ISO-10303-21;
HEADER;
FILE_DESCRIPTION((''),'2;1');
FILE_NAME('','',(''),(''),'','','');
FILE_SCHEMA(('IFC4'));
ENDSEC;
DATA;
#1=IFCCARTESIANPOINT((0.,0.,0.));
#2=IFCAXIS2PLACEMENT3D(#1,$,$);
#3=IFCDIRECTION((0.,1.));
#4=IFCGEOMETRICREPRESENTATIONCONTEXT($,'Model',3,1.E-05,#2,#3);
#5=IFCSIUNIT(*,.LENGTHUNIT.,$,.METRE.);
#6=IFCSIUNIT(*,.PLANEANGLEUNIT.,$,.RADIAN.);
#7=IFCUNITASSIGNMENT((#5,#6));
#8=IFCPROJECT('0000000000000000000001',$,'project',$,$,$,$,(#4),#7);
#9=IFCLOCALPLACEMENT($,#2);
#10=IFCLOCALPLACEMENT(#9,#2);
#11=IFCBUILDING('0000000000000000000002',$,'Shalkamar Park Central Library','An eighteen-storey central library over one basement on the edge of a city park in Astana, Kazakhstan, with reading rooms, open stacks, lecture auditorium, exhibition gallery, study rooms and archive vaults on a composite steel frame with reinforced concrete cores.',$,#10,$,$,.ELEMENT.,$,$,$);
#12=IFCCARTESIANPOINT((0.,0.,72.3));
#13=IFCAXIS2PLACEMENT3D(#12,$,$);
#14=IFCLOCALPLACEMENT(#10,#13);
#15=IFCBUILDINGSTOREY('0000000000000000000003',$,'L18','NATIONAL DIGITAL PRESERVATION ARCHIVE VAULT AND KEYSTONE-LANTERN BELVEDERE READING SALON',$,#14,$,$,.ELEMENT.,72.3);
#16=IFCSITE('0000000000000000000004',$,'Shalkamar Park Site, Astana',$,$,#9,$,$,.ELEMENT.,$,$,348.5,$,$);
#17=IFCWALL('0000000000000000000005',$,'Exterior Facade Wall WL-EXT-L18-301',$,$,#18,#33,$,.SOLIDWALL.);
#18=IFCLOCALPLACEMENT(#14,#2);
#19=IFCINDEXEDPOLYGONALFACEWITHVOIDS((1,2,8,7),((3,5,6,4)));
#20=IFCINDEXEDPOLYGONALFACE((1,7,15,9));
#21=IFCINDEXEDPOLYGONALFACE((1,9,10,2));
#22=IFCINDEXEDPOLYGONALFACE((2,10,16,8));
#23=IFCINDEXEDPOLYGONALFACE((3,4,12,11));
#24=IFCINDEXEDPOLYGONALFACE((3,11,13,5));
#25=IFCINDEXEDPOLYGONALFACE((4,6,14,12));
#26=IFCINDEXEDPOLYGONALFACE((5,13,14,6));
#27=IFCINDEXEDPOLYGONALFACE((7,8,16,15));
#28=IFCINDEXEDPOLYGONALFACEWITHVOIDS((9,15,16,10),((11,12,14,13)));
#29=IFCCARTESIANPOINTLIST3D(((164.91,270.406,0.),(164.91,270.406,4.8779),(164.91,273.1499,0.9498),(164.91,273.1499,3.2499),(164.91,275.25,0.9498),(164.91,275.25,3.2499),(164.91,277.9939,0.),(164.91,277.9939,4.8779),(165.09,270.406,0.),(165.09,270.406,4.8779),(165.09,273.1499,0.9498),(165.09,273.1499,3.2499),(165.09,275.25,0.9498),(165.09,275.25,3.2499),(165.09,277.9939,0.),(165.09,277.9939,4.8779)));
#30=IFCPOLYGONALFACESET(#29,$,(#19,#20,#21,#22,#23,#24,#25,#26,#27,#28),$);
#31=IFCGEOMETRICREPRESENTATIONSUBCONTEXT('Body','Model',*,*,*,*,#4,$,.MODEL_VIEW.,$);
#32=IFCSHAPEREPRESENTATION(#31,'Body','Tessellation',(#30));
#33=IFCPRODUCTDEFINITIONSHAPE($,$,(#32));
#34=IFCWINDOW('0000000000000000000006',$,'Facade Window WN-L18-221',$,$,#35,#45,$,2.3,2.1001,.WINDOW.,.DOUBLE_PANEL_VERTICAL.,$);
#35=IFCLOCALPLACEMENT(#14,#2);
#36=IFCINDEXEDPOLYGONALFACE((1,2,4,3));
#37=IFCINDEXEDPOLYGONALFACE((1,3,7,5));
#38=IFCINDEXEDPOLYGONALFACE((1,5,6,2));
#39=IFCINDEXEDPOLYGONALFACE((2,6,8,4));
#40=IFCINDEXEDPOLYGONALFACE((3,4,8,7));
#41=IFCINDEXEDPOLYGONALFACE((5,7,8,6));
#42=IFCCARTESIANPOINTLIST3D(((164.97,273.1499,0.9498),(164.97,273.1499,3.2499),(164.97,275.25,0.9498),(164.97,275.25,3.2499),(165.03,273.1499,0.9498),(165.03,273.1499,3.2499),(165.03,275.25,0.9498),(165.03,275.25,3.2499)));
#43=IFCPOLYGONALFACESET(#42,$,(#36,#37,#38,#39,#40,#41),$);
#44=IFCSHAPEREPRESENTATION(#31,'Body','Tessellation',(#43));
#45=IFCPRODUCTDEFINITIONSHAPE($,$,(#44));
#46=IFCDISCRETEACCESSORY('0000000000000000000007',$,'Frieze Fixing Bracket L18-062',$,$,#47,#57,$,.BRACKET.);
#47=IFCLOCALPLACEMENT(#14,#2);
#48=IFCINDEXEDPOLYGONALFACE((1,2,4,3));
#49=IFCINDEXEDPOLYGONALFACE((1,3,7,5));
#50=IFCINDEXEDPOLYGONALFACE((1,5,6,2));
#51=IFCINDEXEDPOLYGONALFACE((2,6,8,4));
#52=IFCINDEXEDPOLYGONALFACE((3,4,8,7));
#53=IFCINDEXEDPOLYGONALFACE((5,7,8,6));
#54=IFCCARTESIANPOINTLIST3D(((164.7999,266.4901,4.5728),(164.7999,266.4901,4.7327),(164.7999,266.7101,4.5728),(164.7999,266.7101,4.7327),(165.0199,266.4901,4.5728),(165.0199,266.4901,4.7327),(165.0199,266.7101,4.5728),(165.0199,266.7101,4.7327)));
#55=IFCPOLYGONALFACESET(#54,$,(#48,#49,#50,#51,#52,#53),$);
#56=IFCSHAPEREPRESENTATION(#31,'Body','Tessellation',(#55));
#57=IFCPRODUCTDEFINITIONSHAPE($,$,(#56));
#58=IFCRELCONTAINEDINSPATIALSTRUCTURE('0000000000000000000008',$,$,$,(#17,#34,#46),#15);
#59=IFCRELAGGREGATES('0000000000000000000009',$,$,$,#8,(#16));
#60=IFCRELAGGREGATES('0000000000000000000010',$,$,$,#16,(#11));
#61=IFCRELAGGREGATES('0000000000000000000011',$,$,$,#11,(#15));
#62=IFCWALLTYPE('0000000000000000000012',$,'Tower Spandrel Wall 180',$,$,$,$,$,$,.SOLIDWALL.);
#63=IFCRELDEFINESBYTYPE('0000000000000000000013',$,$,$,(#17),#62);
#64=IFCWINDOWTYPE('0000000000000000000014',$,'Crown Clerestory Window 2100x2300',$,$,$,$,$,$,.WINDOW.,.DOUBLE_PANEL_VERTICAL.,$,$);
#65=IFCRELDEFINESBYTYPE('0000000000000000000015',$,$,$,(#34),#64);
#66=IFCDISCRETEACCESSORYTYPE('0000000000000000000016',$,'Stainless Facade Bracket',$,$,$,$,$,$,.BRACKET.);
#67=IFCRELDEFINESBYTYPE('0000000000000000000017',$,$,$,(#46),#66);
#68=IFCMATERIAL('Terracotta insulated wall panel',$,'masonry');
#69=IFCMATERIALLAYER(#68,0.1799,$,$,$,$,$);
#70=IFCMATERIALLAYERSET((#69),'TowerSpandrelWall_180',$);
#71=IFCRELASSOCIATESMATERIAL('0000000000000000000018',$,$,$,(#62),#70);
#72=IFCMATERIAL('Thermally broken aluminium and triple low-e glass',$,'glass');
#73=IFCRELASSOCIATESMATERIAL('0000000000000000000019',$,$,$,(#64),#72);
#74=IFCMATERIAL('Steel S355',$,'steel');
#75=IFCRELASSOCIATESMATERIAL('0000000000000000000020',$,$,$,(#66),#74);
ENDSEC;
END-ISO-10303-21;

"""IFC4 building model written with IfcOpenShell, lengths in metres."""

from ifc_helpers import new_model, si_unit, direction, frame, frame_2d, origin, origin_2d, place, context, subcontext, project, spatial, rectangle, extrude, material, layer, layer_set, type_object, element, fill, save


model = new_model("IFC4")

# Units and contexts
model_context = context("Model", 3, precision=1e-05, world=origin(), true_north=direction((0.0, 1.0)))
body_context = subcontext(model_context, "Body", "Model", "MODEL_VIEW")
ifc_project = project(units=[si_unit("LENGTHUNIT", "METRE"), si_unit("PLANEANGLEUNIT", "RADIAN")], contexts=[model_context])

# Site, building, storey
site_placement = place(None, origin())
site = spatial("IfcSite", under=ifc_project, at=site_placement, Name="Shalkamar Park Site, Astana", CompositionType="ELEMENT", RefElevation=348.5)
building_placement = place(site_placement, origin())
building = spatial("IfcBuilding", under=site, at=building_placement, Name="Shalkamar Park Central Library", Description="An eighteen-storey central library over one basement on the edge of a city park in Astana, Kazakhstan, with reading rooms, open stacks, lecture auditorium, exhibition gallery, study rooms and archive vaults on a composite steel frame with reinforced concrete cores.", CompositionType="ELEMENT")
storey_placement = place(building_placement, frame((0.0, 0.0, 72.3)))
storey = spatial("IfcBuildingStorey", under=building, at=storey_placement, Name="L18", Description="NATIONAL DIGITAL PRESERVATION ARCHIVE VAULT AND KEYSTONE-LANTERN BELVEDERE READING SALON", CompositionType="ELEMENT", Elevation=72.3)

# Shared definitions
ifc_material_1 = material(Name="Steel S355", Category="steel")

# Wall, opening, window
ifc_material_2 = material(Name="Terracotta insulated wall panel", Category="masonry")
ifc_layer_1 = layer(ifc_material_2, 0.1799)
ifc_layer_set_1 = layer_set([ifc_layer_1], Name="TowerSpandrelWall_180")
wall_type = type_object("IfcWallType", Name="Tower Spandrel Wall 180", PredefinedType="SOLIDWALL", material=ifc_layer_set_1)
ifc_material_3 = material(Name="Thermally broken aluminium and triple low-e glass", Category="glass")
window_type = type_object("IfcWindowType", Name="Crown Clerestory Window 2100x2300", PartitioningType="DOUBLE_PANEL_VERTICAL", PredefinedType="WINDOW", material=ifc_material_3)
wall_1_placement = place(storey_placement, frame((165.0, 270.406, 0.0), z_axis=(0.0, 0.0, 1.0), x_axis=(0.0, 1.0, 0.0)))
wall_1 = element("IfcWall", 1, at=wall_1_placement, inside=storey, type_object=wall_type, Name="Exterior Facade Wall WL-EXT-L18-301", PredefinedType="SOLIDWALL", context=body_context, shape_type="SweptSolid", body=[
    extrude(rectangle(XDim=7.5879, YDim=0.1799, at=frame_2d((3.7939, 0.0))), origin(), (0.0, 0.0, 1.0), 4.8779),
])
opening_1_placement = place(wall_1_placement, frame((2.7439, 0.0, 0.95)))
opening_1 = element("IfcOpeningElement", 2, at=opening_1_placement, cuts=wall_1, PredefinedType="OPENING", context=body_context, shape_type="SweptSolid", body=[
    extrude(rectangle(XDim=2.1001, YDim=2.3, at=frame_2d((1.05, 1.1499))), frame((0.0, 0.105, 0.0), z_axis=(0.0, -1.0, 0.0), x_axis=(1.0, 0.0, 0.0)), (0.0, 0.0, 1.0), 0.2097),
])
window_1_placement = place(opening_1_placement, origin())
window_1 = element("IfcWindow", 3, at=window_1_placement, inside=storey, type_object=window_type, Name="Facade Window WN-L18-221", OverallHeight=2.3, OverallWidth=2.1001, PartitioningType="DOUBLE_PANEL_VERTICAL", PredefinedType="WINDOW", context=body_context, shape_type="SweptSolid", body=[
    extrude(rectangle(XDim=2.1001, YDim=2.3, at=frame_2d((1.05, 1.1499))), frame((0.0, 0.03, 0.0), z_axis=(0.0, -1.0, 0.0), x_axis=(1.0, 0.0, 0.0)), (0.0, 0.0, 1.0), 0.0601),
])
fill(opening_1, window_1)

# Discrete accessory
discrete_accessory_type = type_object("IfcDiscreteAccessoryType", Name="Stainless Facade Bracket", PredefinedType="BRACKET", material=ifc_material_1)
discrete_accessory_placement = place(storey_placement, frame((164.9099, 266.6001, 4.5728), z_axis=(0.0, 0.0, 1.0), x_axis=(1.0, 0.0, 0.0)))
element("IfcDiscreteAccessory", 4, at=discrete_accessory_placement, inside=storey, type_object=discrete_accessory_type, Name="Frieze Fixing Bracket L18-062", PredefinedType="BRACKET", context=body_context, shape_type="SweptSolid", body=[
    extrude(rectangle(XDim=0.22, YDim=0.22, at=origin_2d()), origin(), (0.0, 0.0, 1.0), 0.1599),
])

save(model, "model.ifc")
